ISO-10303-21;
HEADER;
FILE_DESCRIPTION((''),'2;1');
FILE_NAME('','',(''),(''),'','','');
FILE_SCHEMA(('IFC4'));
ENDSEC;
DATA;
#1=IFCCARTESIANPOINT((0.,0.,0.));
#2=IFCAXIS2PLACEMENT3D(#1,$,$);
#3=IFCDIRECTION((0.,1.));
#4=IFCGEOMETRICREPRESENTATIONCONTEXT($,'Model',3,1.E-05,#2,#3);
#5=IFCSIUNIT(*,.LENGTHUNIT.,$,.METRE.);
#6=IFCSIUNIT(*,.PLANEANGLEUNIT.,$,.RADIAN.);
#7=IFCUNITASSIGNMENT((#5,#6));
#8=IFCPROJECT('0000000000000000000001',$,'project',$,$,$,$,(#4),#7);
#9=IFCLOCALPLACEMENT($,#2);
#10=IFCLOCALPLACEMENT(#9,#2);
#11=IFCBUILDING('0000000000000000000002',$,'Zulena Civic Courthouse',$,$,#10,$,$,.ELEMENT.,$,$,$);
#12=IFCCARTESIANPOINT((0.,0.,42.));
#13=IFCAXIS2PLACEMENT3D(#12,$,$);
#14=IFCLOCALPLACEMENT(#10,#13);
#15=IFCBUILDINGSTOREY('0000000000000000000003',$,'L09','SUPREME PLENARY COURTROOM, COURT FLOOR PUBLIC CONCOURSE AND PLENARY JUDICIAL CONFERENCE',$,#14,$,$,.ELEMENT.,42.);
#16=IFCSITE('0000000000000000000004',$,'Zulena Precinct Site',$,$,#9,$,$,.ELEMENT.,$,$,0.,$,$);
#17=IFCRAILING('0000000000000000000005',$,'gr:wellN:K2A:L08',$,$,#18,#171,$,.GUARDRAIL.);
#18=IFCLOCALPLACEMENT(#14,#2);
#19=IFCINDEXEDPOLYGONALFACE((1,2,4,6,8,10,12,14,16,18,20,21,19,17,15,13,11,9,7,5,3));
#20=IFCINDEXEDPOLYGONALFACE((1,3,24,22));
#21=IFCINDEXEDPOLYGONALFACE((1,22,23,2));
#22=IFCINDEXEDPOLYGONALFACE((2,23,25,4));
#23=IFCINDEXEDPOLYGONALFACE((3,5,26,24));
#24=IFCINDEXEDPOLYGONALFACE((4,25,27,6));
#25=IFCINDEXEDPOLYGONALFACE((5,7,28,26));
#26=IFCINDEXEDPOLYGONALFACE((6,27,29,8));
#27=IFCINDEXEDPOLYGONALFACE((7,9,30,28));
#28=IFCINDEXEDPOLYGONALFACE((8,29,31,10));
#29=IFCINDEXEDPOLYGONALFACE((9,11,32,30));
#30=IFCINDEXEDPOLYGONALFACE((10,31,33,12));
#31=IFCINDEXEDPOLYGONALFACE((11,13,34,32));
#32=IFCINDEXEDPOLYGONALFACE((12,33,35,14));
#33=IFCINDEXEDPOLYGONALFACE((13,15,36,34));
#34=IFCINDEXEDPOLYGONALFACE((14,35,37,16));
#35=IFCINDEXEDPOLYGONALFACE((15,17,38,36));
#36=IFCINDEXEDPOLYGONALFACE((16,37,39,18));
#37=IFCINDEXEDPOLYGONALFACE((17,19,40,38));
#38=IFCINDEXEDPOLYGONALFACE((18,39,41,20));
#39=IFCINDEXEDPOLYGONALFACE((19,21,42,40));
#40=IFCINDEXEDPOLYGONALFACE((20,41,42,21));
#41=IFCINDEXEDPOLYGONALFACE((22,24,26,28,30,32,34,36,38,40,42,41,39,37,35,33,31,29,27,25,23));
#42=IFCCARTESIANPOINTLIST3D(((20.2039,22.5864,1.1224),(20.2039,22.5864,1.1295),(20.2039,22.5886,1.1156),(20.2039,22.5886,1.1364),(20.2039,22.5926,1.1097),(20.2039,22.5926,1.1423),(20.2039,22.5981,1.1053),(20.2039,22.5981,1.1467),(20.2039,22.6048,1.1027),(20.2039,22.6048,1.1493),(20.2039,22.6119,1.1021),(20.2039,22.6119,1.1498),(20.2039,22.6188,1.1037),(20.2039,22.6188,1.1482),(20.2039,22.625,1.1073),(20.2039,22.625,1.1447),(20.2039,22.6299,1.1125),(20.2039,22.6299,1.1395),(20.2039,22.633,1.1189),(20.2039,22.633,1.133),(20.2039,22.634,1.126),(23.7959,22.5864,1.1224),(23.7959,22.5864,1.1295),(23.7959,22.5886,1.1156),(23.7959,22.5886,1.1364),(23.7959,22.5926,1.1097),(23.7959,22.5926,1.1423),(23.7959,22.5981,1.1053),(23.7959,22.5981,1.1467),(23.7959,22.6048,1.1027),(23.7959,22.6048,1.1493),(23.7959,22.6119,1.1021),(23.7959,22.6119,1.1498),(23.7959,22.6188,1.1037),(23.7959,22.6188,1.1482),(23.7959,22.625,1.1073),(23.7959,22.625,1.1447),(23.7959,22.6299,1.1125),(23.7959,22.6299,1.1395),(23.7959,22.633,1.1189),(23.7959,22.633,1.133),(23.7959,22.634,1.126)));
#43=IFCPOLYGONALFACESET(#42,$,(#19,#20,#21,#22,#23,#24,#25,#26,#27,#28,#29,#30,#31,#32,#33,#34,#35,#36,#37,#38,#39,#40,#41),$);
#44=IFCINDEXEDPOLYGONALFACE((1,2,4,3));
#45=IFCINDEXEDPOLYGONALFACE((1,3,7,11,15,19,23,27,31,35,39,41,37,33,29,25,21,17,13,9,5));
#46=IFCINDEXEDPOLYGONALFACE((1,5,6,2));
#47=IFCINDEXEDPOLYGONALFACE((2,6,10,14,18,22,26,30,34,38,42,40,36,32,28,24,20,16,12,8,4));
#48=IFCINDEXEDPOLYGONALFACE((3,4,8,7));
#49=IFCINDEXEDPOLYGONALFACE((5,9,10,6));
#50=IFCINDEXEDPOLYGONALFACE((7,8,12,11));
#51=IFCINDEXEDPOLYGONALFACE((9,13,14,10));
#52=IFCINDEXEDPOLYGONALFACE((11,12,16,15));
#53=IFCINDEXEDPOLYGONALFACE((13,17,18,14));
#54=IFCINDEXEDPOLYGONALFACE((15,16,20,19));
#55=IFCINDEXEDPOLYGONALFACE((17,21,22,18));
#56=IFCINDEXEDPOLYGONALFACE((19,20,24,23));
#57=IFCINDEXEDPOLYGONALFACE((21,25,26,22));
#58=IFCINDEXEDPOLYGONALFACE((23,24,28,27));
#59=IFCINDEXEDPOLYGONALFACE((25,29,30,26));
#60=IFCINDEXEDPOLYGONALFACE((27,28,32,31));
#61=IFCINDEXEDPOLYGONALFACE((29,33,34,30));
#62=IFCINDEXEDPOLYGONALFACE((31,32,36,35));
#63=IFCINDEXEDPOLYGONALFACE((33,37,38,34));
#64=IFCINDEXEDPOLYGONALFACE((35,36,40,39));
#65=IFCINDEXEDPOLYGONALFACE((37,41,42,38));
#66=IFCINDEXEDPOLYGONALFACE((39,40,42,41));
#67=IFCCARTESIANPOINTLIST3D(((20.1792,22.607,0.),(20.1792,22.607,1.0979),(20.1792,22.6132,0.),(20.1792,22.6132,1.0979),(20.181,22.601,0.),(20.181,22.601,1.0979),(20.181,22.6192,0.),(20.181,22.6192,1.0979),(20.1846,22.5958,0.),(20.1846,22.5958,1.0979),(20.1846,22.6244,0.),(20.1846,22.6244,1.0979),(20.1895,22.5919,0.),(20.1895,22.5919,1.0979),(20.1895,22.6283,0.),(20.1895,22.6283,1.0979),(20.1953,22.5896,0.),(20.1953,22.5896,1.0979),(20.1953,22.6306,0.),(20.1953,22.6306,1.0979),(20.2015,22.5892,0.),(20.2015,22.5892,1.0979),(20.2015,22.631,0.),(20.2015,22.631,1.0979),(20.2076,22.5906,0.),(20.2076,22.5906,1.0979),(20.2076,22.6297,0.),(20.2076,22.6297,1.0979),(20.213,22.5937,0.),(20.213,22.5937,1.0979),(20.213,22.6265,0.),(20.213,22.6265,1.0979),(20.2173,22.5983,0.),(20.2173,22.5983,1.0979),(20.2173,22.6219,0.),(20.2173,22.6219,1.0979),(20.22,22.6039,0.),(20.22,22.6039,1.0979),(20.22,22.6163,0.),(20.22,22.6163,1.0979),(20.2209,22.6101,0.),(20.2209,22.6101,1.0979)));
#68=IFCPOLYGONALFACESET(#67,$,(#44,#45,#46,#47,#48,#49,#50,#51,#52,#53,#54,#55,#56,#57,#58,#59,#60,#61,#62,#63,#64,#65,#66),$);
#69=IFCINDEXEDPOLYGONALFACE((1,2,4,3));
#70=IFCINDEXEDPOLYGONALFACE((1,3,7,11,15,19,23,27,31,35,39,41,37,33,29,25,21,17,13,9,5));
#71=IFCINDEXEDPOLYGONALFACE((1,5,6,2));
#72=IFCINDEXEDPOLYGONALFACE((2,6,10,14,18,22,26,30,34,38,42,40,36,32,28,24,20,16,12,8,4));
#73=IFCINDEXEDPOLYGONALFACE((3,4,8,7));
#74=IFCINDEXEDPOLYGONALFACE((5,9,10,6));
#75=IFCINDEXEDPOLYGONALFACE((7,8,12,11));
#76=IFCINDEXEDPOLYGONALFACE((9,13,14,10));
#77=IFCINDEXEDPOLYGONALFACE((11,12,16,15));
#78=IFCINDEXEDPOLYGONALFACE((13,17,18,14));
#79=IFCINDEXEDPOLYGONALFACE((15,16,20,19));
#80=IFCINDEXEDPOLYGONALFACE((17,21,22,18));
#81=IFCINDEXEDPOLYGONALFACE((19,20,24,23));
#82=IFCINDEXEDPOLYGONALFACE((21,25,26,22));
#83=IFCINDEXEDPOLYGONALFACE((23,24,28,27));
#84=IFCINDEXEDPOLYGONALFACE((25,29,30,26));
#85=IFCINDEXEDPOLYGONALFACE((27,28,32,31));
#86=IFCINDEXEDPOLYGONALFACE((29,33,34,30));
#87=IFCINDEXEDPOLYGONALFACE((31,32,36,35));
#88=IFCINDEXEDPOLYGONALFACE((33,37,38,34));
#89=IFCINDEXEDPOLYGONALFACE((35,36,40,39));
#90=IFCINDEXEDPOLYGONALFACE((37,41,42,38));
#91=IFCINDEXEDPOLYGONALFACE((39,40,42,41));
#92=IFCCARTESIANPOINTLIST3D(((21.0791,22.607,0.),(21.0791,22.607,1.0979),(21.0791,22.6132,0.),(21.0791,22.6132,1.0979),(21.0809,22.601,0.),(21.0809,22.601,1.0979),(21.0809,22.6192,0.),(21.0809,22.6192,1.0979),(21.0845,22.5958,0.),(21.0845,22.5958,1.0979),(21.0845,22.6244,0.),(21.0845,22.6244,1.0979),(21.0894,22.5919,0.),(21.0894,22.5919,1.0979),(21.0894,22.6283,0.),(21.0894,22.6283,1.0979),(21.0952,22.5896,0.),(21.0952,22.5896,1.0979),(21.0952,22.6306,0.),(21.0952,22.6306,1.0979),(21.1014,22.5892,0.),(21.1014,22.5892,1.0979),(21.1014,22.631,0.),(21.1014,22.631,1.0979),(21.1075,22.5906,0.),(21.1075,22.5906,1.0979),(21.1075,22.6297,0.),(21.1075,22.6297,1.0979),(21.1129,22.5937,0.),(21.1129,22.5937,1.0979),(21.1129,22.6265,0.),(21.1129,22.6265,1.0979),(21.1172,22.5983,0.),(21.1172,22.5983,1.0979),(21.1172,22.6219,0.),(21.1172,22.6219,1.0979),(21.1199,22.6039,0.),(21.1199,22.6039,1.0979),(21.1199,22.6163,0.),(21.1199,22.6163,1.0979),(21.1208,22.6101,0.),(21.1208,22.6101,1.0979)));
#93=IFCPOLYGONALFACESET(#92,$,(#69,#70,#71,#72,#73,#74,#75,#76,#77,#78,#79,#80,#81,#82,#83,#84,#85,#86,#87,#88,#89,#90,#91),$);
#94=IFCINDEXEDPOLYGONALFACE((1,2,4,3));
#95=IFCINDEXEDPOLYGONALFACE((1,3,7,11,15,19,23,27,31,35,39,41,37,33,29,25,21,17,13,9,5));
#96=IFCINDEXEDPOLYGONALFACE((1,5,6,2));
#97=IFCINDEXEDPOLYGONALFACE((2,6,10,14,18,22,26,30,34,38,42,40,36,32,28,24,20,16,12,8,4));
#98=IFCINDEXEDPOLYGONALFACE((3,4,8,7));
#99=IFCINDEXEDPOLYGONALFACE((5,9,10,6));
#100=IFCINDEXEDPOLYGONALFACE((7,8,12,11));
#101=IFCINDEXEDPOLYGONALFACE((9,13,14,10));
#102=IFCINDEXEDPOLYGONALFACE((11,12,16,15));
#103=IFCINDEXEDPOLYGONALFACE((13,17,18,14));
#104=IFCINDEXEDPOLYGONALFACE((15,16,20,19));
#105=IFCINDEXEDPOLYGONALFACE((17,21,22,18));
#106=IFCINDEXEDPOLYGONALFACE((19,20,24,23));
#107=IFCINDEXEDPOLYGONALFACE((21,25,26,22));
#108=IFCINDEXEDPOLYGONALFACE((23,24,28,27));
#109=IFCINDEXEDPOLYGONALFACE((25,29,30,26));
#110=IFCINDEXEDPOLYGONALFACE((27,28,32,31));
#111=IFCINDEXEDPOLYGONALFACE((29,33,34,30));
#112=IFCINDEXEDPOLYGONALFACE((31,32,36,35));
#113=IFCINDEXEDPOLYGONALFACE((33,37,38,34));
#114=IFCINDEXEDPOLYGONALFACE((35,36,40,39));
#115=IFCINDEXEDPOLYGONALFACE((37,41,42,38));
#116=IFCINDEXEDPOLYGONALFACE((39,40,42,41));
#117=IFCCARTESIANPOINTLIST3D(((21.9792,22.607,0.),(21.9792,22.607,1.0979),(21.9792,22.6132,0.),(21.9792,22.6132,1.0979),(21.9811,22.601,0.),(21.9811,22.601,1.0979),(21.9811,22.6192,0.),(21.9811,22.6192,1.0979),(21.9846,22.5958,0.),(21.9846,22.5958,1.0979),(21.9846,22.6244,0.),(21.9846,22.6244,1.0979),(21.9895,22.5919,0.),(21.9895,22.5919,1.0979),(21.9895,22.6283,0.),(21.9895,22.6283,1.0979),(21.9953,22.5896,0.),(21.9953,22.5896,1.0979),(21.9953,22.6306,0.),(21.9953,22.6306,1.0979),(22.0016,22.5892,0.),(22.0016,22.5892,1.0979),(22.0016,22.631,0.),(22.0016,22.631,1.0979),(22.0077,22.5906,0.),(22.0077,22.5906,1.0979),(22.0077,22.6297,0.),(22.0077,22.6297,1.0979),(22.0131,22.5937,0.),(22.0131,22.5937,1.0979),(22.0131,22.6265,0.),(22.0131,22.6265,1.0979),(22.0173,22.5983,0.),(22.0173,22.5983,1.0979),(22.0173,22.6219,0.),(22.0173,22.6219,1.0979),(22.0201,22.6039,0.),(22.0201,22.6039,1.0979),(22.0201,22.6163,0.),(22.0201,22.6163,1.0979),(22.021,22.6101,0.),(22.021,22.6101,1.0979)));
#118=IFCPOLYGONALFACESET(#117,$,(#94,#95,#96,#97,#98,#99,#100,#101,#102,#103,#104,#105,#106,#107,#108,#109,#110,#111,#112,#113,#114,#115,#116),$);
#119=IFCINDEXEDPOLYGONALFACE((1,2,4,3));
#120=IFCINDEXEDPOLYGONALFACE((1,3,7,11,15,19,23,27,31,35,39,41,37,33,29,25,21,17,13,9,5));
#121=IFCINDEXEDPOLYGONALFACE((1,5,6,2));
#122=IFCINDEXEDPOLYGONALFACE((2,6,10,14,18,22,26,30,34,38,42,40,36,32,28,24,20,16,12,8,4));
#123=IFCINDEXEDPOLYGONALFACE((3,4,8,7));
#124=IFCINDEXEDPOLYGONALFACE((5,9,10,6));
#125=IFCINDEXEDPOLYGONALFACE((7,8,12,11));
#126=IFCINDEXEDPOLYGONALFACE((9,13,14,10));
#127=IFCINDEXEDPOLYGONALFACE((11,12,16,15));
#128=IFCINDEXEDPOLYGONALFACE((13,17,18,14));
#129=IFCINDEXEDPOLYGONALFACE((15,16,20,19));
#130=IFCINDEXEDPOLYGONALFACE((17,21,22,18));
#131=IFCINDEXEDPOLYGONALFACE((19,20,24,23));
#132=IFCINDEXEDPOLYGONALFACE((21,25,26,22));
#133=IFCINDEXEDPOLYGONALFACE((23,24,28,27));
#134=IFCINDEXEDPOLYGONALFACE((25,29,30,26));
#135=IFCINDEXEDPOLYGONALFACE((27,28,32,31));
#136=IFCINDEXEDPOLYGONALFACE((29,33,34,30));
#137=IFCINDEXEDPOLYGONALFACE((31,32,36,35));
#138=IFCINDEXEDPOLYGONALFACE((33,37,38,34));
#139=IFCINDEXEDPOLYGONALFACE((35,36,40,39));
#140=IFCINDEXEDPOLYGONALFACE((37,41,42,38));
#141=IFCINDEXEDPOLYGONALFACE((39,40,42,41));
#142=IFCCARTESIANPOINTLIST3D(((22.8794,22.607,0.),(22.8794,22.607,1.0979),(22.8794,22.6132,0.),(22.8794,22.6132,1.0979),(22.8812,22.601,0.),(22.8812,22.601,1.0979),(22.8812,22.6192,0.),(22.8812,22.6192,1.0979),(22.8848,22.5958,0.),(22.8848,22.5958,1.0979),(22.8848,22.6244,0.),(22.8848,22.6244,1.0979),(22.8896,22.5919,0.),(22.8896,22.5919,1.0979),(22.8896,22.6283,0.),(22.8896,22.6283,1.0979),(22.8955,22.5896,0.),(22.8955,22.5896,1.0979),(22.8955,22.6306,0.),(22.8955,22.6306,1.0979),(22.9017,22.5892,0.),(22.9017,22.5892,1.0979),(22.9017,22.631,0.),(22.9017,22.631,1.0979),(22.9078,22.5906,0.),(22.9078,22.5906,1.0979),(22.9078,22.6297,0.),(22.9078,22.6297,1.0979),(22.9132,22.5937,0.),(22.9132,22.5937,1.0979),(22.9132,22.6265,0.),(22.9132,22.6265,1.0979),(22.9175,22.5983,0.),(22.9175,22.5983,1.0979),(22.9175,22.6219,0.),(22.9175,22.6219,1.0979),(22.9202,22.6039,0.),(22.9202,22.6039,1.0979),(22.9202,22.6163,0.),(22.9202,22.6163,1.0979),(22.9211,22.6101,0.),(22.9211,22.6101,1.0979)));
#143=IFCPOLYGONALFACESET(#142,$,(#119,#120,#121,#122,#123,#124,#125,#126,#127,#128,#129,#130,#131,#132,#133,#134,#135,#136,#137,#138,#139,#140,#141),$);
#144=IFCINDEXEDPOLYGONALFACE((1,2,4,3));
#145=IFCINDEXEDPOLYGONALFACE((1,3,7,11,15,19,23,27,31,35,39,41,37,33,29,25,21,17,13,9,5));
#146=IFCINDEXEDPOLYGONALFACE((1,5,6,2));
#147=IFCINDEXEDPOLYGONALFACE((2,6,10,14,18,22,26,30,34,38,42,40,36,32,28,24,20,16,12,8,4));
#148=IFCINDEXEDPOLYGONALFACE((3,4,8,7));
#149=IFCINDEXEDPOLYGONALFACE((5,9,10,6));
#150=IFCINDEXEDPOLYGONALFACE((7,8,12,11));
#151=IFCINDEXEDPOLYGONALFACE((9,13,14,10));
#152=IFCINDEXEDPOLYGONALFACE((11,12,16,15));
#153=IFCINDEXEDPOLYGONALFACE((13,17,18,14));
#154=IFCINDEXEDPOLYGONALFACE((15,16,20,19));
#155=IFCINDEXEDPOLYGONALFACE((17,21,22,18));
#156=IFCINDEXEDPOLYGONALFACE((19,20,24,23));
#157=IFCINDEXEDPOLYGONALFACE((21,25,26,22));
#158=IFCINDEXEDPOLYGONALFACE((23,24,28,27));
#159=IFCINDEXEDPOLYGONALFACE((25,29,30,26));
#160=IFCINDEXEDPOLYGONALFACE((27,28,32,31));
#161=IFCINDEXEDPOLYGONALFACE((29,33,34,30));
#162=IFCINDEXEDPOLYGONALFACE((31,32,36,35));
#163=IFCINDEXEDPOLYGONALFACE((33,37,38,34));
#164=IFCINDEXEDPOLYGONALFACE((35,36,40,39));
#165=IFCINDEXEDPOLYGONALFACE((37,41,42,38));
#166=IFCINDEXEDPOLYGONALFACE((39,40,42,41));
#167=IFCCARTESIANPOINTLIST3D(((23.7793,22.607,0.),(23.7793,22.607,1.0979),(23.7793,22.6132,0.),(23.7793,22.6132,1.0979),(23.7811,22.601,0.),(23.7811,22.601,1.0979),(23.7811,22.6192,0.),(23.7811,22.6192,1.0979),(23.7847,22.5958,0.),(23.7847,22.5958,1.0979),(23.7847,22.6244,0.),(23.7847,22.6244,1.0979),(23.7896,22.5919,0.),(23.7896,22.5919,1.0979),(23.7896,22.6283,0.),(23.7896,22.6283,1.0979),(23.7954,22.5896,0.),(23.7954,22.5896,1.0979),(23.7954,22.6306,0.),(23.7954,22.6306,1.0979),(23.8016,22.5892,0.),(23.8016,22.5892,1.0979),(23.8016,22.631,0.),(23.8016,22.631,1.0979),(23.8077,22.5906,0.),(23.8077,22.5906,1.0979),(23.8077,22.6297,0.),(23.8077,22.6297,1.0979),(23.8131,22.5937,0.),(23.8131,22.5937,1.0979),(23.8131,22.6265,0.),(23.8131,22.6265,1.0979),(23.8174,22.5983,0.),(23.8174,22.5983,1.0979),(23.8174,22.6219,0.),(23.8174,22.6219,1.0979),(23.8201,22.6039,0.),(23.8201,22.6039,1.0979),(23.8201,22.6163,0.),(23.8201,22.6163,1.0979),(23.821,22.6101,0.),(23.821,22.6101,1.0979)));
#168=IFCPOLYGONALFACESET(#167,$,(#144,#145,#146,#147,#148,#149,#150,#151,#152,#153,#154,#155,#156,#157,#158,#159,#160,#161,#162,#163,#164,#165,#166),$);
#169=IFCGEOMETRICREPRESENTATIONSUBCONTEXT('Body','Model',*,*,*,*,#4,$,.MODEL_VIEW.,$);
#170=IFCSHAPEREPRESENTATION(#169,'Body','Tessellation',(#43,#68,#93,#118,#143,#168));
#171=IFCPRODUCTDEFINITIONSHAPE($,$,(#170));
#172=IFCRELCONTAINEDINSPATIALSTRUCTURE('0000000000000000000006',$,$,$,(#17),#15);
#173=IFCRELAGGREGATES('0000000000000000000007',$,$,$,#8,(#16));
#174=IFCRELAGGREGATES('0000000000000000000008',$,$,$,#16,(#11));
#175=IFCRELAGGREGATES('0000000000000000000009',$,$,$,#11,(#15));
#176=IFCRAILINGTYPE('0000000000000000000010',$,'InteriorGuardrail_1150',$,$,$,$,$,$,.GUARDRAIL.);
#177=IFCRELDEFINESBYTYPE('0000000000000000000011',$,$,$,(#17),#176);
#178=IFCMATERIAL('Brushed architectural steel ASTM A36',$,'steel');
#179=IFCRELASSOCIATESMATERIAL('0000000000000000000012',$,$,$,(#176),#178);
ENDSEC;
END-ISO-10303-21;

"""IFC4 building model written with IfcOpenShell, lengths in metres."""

from ifc_helpers import new_model, si_unit, direction, frame, origin, origin_2d, place, context, subcontext, project, spatial, circle, extrude, material, type_object, element, save


model = new_model("IFC4")

# Units and contexts
model_context = context("Model", 3, precision=1e-05, world=origin(), true_north=direction((0.0, 1.0)))
body_context = subcontext(model_context, "Body", "Model", "MODEL_VIEW")
ifc_project = project(units=[si_unit("LENGTHUNIT", "METRE"), si_unit("PLANEANGLEUNIT", "RADIAN")], contexts=[model_context])

# Site, building, storey
site_placement = place(None, origin())
site = spatial("IfcSite", under=ifc_project, at=site_placement, Name="Zulena Precinct Site", CompositionType="ELEMENT", RefElevation=0.0)
building_placement = place(site_placement, origin())
building = spatial("IfcBuilding", under=site, at=building_placement, Name="Zulena Civic Courthouse", CompositionType="ELEMENT")
storey_placement = place(building_placement, frame((0.0, 0.0, 42.0)))
storey = spatial("IfcBuildingStorey", under=building, at=storey_placement, Name="L09", Description="SUPREME PLENARY COURTROOM, COURT FLOOR PUBLIC CONCOURSE AND PLENARY JUDICIAL CONFERENCE", CompositionType="ELEMENT", Elevation=42.0)

# Railing
ifc_material_1 = material(Name="Brushed architectural steel ASTM A36", Category="steel")
railing_type = type_object("IfcRailingType", Name="InteriorGuardrail_1150", PredefinedType="GUARDRAIL", material=ifc_material_1)
railing_1_placement = place(storey_placement, frame((20.2, 22.6101, 0.0)))
element("IfcRailing", 1, at=railing_1_placement, inside=storey, type_object=railing_type, Name="gr:wellN:K2A:L08", PredefinedType="GUARDRAIL", context=body_context, shape_type="SweptSolid", body=[
    extrude(circle(Radius=0.0239, at=origin_2d()), frame((0.0039, 0.0, 1.126), z_axis=(1.0, 0.0, 0.0), x_axis=(0.0, 1.0, 0.0)), (0.0, 0.0, 1.0), 3.592),
    extrude(circle(Radius=0.021, at=origin_2d()), origin(), (0.0, 0.0, 1.0), 1.0979),
    extrude(circle(Radius=0.021, at=origin_2d()), frame((0.8999, 0.0, 0.0)), (0.0, 0.0, 1.0), 1.0979),
    extrude(circle(Radius=0.021, at=origin_2d()), frame((1.8, 0.0, 0.0)), (0.0, 0.0, 1.0), 1.0979),
    extrude(circle(Radius=0.021, at=origin_2d()), frame((2.7002, 0.0, 0.0)), (0.0, 0.0, 1.0), 1.0979),
    extrude(circle(Radius=0.021, at=origin_2d()), frame((3.6001, 0.0, 0.0)), (0.0, 0.0, 1.0), 1.0979),
])

save(model, "model.ifc")
